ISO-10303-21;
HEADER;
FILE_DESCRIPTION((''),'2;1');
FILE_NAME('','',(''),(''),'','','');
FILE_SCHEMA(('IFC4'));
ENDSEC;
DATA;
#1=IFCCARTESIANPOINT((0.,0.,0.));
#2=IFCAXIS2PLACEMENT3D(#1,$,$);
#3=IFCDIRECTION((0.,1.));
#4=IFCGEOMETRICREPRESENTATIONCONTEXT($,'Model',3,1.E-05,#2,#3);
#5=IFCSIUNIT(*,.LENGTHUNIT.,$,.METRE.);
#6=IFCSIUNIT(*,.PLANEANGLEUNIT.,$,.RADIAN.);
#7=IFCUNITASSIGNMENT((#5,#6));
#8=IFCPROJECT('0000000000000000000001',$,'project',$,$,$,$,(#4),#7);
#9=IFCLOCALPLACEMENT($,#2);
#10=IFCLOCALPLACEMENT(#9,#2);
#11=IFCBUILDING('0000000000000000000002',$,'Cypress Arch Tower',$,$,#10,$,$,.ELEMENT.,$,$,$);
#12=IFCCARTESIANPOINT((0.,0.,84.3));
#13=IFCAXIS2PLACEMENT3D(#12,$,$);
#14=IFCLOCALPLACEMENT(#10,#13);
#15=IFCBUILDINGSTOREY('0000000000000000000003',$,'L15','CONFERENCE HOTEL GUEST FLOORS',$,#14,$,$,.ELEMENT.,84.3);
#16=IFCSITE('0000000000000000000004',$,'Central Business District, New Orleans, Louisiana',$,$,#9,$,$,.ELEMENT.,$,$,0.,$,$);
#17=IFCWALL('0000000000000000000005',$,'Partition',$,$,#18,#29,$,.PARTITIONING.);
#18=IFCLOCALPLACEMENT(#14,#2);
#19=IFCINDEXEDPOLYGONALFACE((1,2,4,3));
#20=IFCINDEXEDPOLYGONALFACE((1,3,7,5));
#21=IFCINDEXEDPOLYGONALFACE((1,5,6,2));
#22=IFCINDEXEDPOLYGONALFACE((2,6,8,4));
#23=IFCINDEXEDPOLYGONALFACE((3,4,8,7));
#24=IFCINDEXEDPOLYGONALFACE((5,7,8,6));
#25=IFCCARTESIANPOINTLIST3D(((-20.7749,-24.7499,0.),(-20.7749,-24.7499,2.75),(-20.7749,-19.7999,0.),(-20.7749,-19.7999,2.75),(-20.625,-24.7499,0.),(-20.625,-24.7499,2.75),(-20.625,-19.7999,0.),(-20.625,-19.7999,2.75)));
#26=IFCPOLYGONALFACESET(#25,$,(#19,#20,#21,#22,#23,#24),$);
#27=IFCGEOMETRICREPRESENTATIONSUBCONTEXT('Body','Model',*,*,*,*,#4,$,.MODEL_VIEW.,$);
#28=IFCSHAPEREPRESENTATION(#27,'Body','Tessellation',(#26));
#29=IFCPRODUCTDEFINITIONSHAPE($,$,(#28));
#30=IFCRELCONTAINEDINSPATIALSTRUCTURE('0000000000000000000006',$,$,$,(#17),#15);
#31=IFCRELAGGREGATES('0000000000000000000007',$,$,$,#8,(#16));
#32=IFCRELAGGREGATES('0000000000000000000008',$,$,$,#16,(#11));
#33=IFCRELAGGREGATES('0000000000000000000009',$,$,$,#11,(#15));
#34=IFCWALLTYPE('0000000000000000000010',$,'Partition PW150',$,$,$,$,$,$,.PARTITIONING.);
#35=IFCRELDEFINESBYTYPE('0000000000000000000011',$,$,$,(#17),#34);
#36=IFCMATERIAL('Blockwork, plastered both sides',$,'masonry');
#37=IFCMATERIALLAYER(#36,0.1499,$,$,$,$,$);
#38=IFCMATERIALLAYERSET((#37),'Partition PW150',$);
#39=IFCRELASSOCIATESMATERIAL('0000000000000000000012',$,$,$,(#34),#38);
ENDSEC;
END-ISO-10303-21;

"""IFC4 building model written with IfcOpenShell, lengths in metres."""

from ifc_helpers import new_model, si_unit, direction, frame, frame_2d, origin, place, context, subcontext, project, spatial, rectangle, extrude, material, layer, layer_set, type_object, element, save


model = new_model("IFC4")

# Units and contexts
model_context = context("Model", 3, precision=1e-05, world=origin(), true_north=direction((0.0, 1.0)))
body_context = subcontext(model_context, "Body", "Model", "MODEL_VIEW")
ifc_project = project(units=[si_unit("LENGTHUNIT", "METRE"), si_unit("PLANEANGLEUNIT", "RADIAN")], contexts=[model_context])

# Site, building, storey
site_placement = place(None, origin())
site = spatial("IfcSite", under=ifc_project, at=site_placement, Name="Central Business District, New Orleans, Louisiana", CompositionType="ELEMENT", RefElevation=0.0)
building_placement = place(site_placement, origin())
building = spatial("IfcBuilding", under=site, at=building_placement, Name="Cypress Arch Tower", CompositionType="ELEMENT")
storey_placement = place(building_placement, frame((0.0, 0.0, 84.3)))
storey = spatial("IfcBuildingStorey", under=building, at=storey_placement, Name="L15", Description="CONFERENCE HOTEL GUEST FLOORS", CompositionType="ELEMENT", Elevation=84.3)

# Wall
ifc_material_1 = material(Name="Blockwork, plastered both sides", Category="masonry")
ifc_layer_1 = layer(ifc_material_1, 0.1499)
ifc_layer_set_1 = layer_set([ifc_layer_1], Name="Partition PW150")
wall_type_1 = type_object("IfcWallType", Name="Partition PW150", PredefinedType="PARTITIONING", material=ifc_layer_set_1)
wall_1_placement = place(storey_placement, frame((-20.7, -24.75, 0.0), z_axis=(0.0, 0.0, 1.0), x_axis=(0.0, 1.0, 0.0)))
element("IfcWall", 1, at=wall_1_placement, inside=storey, type_object=wall_type_1, Name="Partition", PredefinedType="PARTITIONING", context=body_context, shape_type="SweptSolid", body=[
    extrude(rectangle(XDim=4.95, YDim=0.1499, at=frame_2d((2.4751, 0.0))), origin(), (0.0, 0.0, 1.0), 2.75),
])

save(model, "model.ifc")
